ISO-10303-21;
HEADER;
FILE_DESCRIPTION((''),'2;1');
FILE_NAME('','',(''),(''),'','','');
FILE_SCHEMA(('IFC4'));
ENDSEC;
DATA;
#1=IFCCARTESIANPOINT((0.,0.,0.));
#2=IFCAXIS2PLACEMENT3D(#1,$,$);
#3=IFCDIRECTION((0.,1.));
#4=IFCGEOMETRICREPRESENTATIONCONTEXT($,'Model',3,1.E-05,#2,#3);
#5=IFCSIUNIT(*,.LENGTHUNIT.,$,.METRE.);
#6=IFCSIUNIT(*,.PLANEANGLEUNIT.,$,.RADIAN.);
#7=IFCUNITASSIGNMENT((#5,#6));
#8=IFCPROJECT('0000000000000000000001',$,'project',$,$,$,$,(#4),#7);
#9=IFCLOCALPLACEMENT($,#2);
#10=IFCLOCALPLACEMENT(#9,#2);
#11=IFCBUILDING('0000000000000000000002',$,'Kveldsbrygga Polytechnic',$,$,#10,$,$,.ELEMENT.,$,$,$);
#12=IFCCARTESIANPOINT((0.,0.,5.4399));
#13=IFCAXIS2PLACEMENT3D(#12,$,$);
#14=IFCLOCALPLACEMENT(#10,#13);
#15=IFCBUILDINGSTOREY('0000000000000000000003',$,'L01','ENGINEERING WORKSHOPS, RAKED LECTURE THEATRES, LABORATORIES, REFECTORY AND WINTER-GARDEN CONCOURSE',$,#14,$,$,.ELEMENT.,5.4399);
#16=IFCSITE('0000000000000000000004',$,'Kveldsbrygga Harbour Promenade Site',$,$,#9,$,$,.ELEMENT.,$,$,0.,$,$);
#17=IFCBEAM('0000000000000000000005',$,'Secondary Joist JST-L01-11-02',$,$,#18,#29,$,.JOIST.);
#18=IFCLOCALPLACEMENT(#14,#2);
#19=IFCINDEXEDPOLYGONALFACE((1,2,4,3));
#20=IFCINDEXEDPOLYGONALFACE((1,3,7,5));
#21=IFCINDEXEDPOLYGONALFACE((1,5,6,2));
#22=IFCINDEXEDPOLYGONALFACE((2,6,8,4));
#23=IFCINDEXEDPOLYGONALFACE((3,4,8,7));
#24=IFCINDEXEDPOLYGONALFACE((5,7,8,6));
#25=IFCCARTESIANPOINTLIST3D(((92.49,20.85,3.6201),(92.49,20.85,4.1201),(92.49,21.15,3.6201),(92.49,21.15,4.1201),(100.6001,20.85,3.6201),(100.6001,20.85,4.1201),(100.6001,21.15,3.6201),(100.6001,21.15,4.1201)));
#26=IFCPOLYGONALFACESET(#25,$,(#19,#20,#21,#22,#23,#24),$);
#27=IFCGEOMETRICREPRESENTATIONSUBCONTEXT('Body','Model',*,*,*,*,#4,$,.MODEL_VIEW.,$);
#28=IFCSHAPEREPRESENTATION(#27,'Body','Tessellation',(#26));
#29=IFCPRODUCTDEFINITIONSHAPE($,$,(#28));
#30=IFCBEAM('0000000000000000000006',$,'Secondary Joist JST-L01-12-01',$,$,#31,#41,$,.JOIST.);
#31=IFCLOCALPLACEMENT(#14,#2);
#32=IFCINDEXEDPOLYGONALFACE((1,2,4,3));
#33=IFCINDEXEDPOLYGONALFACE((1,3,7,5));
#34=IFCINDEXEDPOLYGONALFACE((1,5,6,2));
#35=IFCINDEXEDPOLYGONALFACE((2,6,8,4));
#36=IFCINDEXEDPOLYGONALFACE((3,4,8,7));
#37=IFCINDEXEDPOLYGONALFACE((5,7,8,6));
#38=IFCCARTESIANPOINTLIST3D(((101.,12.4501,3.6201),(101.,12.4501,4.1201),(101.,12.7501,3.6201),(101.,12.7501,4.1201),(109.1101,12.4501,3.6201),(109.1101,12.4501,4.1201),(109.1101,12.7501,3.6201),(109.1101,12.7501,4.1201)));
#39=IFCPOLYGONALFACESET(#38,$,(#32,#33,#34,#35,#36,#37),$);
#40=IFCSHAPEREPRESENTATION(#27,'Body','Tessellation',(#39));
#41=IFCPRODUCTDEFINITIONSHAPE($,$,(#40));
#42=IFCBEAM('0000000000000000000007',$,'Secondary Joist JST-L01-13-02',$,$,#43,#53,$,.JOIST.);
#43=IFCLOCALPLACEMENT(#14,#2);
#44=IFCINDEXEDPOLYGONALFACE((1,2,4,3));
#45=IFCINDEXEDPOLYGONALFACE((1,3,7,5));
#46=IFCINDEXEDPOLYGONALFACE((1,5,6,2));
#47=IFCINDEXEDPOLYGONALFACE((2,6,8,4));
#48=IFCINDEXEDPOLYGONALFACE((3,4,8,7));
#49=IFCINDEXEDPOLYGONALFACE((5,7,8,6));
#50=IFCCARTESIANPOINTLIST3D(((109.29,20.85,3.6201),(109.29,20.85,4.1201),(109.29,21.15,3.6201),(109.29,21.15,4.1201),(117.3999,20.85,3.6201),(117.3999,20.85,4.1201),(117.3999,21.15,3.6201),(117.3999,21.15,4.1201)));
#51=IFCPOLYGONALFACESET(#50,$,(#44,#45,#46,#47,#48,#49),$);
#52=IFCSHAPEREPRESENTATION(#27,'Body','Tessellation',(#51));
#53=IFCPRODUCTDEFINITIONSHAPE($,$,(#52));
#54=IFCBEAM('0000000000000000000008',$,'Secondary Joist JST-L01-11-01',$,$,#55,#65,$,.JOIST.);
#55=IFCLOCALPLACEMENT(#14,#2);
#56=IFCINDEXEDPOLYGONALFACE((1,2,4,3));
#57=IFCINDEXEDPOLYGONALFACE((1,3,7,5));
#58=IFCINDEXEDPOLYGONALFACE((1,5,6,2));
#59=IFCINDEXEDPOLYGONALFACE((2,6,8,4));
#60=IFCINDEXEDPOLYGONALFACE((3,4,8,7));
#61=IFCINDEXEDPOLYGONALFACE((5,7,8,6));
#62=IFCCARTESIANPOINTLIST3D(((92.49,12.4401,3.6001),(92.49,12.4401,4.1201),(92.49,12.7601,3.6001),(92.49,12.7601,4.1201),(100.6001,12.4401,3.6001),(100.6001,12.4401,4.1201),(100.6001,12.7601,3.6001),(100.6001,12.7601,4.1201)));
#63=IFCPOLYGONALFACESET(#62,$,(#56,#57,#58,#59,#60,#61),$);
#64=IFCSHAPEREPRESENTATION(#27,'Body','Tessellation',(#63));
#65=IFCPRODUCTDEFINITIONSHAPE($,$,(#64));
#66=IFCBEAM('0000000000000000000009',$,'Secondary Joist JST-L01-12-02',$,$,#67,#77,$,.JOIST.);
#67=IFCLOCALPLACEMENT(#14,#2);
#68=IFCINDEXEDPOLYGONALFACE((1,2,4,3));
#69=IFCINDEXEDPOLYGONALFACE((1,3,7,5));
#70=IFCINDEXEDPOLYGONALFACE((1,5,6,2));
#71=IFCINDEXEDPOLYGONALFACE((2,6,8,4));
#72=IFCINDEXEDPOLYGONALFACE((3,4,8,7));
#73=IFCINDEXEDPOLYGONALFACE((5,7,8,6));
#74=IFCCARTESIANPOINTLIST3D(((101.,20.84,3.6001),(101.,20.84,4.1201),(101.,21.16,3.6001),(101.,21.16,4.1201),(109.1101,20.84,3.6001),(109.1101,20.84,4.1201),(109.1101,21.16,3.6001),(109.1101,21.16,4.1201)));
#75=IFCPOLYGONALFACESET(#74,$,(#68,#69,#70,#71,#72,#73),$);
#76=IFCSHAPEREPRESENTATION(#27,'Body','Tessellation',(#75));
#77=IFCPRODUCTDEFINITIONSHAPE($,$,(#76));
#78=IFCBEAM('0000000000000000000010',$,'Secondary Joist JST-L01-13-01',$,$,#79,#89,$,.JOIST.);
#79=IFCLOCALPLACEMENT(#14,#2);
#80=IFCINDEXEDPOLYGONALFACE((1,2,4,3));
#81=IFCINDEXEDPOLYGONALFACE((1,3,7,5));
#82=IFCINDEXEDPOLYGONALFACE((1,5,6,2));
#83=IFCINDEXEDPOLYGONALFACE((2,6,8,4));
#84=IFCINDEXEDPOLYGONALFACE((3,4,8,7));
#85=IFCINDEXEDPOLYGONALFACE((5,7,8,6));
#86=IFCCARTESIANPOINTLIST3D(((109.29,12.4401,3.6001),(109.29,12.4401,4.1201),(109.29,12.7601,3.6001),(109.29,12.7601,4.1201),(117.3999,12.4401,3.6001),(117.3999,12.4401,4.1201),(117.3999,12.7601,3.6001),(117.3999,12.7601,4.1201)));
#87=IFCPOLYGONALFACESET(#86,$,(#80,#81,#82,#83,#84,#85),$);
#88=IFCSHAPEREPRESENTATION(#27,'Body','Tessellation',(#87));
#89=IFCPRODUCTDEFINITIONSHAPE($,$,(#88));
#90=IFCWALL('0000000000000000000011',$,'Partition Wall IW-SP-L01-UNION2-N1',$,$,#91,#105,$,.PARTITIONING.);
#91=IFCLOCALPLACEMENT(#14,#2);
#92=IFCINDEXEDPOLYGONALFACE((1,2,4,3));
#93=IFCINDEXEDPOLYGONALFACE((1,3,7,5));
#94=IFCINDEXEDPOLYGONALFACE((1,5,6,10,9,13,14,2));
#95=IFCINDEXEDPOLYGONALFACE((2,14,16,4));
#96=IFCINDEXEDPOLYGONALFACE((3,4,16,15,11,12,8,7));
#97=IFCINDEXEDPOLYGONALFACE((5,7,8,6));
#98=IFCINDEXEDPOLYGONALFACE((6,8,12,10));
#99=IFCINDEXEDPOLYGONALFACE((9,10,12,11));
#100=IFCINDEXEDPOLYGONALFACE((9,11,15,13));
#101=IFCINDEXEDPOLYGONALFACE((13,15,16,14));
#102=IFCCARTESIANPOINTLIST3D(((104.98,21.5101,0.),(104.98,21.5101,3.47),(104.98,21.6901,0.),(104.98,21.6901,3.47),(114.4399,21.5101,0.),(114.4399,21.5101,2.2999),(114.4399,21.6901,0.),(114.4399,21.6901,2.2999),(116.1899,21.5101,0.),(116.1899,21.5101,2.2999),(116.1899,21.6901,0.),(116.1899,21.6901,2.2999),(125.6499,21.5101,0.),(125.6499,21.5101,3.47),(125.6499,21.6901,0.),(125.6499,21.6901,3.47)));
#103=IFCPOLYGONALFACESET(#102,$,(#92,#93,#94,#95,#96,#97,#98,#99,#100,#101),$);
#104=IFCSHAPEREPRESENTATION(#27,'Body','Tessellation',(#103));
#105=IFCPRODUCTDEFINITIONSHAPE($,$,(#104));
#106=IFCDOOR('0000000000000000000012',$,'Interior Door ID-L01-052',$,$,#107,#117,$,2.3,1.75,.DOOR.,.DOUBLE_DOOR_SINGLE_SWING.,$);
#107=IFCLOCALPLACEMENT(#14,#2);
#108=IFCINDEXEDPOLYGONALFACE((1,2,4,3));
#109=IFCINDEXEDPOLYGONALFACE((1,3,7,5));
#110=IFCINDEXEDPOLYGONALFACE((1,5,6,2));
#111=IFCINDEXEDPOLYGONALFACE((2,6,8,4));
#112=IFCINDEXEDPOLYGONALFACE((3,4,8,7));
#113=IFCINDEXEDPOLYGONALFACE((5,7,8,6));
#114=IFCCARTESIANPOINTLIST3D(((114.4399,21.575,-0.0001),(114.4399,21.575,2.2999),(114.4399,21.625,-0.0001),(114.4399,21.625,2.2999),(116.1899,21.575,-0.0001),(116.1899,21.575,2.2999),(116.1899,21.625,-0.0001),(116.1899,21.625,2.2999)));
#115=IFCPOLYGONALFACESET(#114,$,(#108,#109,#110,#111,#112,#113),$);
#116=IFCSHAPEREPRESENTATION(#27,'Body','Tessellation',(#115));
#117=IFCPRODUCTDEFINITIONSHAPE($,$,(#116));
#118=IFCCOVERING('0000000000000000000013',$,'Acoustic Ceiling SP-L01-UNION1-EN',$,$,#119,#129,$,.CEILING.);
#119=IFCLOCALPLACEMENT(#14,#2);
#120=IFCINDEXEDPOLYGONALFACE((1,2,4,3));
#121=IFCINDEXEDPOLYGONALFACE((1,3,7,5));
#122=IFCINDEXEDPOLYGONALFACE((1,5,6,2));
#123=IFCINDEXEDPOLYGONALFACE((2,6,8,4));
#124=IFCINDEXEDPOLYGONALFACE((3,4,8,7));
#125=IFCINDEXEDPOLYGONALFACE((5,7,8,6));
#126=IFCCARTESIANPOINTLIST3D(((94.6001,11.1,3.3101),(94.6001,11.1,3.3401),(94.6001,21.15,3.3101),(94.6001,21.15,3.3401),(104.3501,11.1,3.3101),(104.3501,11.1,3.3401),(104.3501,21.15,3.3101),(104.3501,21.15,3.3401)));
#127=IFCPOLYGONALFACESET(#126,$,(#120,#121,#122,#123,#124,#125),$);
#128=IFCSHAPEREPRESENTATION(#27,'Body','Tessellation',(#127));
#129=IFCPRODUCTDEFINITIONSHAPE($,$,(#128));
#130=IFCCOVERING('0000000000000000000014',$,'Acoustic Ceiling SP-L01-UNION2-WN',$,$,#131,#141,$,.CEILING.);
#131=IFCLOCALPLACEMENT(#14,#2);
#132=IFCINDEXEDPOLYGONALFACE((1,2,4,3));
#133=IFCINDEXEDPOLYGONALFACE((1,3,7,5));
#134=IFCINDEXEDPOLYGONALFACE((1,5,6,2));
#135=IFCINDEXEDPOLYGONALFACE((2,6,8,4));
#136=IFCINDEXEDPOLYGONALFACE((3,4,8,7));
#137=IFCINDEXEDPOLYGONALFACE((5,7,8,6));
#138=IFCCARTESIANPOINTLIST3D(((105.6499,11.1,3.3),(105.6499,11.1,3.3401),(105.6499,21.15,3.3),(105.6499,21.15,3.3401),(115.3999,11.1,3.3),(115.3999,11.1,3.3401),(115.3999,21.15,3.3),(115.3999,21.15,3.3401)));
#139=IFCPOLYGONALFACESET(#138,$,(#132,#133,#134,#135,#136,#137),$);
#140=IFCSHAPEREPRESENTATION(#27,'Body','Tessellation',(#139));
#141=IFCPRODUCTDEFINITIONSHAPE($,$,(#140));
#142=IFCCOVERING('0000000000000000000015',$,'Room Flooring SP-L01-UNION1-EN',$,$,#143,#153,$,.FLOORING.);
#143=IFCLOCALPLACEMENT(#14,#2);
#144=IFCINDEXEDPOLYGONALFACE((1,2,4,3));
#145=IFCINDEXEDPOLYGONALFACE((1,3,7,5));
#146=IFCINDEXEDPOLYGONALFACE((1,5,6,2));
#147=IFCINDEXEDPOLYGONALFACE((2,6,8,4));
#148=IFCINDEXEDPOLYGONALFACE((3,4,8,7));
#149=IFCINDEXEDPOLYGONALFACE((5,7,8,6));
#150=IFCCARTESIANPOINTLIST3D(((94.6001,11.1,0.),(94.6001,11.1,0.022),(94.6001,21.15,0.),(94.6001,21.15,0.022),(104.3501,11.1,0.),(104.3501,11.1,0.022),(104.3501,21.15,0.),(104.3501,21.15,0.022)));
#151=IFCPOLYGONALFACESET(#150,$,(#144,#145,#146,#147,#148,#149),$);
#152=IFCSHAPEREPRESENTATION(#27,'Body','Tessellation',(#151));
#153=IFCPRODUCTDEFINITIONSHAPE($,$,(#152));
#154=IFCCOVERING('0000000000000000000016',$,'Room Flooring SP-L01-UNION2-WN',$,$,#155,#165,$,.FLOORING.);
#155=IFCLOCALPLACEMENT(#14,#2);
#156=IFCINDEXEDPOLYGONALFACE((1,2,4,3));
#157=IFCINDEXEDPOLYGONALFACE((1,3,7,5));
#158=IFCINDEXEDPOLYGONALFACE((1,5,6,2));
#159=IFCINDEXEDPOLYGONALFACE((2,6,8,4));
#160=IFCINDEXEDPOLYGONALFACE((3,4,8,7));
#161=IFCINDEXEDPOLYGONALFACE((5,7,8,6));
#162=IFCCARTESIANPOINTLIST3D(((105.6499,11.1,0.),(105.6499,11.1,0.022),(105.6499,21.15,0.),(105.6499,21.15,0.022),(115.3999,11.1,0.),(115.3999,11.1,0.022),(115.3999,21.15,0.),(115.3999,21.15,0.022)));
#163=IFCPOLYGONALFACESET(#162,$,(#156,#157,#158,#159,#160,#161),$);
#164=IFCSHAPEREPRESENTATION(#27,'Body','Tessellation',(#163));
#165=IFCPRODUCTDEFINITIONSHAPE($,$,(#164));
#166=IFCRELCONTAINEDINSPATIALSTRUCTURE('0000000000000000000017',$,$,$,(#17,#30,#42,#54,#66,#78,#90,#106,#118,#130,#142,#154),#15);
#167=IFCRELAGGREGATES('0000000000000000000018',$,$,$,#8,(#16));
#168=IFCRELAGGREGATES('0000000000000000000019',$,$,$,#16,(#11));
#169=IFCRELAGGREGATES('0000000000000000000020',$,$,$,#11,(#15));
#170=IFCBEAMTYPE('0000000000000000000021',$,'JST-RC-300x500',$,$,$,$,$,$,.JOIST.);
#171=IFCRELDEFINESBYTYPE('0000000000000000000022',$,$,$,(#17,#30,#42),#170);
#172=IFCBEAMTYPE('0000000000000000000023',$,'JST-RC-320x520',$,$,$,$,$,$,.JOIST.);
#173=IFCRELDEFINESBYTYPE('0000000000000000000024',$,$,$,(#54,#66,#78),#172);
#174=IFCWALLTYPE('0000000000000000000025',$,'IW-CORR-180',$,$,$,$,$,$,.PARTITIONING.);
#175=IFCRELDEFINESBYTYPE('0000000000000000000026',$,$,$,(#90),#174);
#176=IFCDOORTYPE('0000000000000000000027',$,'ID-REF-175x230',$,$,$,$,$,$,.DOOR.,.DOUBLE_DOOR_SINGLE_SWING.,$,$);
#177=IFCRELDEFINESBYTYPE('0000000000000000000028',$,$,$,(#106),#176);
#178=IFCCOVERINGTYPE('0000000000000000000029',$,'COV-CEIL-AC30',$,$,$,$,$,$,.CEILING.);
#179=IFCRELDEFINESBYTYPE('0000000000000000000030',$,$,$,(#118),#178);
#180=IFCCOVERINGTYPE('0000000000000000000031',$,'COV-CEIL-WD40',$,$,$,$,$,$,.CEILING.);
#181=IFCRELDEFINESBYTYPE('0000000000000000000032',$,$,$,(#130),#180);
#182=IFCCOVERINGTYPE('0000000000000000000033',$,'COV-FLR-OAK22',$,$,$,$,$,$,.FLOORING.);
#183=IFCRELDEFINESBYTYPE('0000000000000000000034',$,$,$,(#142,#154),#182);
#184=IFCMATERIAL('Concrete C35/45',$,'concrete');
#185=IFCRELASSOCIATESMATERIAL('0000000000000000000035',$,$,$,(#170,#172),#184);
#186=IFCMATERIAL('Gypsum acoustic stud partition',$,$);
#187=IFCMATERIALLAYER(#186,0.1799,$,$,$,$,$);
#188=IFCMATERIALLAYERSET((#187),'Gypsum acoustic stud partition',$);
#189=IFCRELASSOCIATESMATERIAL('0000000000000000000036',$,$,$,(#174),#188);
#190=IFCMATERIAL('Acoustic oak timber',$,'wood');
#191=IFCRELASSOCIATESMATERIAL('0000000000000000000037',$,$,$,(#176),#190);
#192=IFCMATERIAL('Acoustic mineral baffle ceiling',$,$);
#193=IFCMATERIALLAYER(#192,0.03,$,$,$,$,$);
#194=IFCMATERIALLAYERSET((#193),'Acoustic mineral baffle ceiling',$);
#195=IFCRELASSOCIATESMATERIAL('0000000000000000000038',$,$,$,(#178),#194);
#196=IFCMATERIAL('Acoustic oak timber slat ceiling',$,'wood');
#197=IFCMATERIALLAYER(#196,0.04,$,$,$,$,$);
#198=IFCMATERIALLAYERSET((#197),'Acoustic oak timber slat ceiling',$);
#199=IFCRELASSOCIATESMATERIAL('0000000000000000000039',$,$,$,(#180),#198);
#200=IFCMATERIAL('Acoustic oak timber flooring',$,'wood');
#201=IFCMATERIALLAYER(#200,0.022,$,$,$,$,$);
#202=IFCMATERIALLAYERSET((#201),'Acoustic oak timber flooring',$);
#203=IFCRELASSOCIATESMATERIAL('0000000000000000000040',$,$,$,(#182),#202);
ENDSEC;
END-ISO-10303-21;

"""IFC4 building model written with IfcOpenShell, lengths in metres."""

from ifc_helpers import new_model, si_unit, direction, frame, frame_2d, origin, origin_2d, place, context, subcontext, project, spatial, rectangle, extrude, material, layer, layer_set, material_profile, profile_set, type_object, element, fill, save


model = new_model("IFC4")

# Units and contexts
model_context = context("Model", 3, precision=1e-05, world=origin(), true_north=direction((0.0, 1.0)))
body_context = subcontext(model_context, "Body", "Model", "MODEL_VIEW")
ifc_project = project(units=[si_unit("LENGTHUNIT", "METRE"), si_unit("PLANEANGLEUNIT", "RADIAN")], contexts=[model_context])

# Site, building, storey
site_placement = place(None, origin())
site = spatial("IfcSite", under=ifc_project, at=site_placement, Name="Kveldsbrygga Harbour Promenade Site", CompositionType="ELEMENT", RefElevation=0.0)
building_placement = place(site_placement, origin())
building = spatial("IfcBuilding", under=site, at=building_placement, Name="Kveldsbrygga Polytechnic", CompositionType="ELEMENT")
storey_placement = place(building_placement, frame((0.0, 0.0, 5.4399)))
storey = spatial("IfcBuildingStorey", under=building, at=storey_placement, Name="L01", Description="ENGINEERING WORKSHOPS, RAKED LECTURE THEATRES, LABORATORIES, REFECTORY AND WINTER-GARDEN CONCOURSE", CompositionType="ELEMENT", Elevation=5.4399)

# Beams
ifc_material_1 = material(Name="Concrete C35/45", Category="concrete")
ifc_material_profile_1 = material_profile(ifc_material_1, rectangle(XDim=0.3, YDim=0.5, at=origin_2d()), Name="RC 300x500")
ifc_profile_set_1 = profile_set([ifc_material_profile_1], Name="Concrete C35/45")
beam_type_1 = type_object("IfcBeamType", Name="JST-RC-300x500", PredefinedType="JOIST", material=ifc_profile_set_1)
for number, where, z_axis, x_axis, name in (
    (1, (92.49, 21.0, 3.8701), (1.0, 0.0, 0.0), (0.0, 1.0, 0.0), "Secondary Joist JST-L01-11-02"),
    (2, (101.0, 12.6001, 3.8701), (1.0, 0.0, 0.0), (0.0, 1.0, 0.0), "Secondary Joist JST-L01-12-01"),
):
    element("IfcBeam", number, at=place(storey_placement, frame(where, z_axis=z_axis, x_axis=x_axis)), inside=storey, type_object=beam_type_1, Name=name, PredefinedType="JOIST", context=body_context, shape_type="SweptSolid", body=[
        extrude(rectangle(XDim=0.3, YDim=0.5, at=origin_2d()), origin(), (0.0, 0.0, 1.0), 8.1101),
    ])
beam_1_placement = place(storey_placement, frame((109.29, 21.0, 3.8701), z_axis=(1.0, 0.0, 0.0), x_axis=(0.0, 1.0, 0.0)))
element("IfcBeam", 3, at=beam_1_placement, inside=storey, type_object=beam_type_1, Name="Secondary Joist JST-L01-13-02", PredefinedType="JOIST", context=body_context, shape_type="SweptSolid", body=[
    extrude(rectangle(XDim=0.3, YDim=0.5, at=origin_2d()), origin(), (0.0, 0.0, 1.0), 8.1099),
])
ifc_material_profile_2 = material_profile(ifc_material_1, rectangle(XDim=0.3201, YDim=0.52, at=origin_2d()), Name="RC 320x520")
ifc_profile_set_2 = profile_set([ifc_material_profile_2], Name="Concrete C35/45")
beam_type_2 = type_object("IfcBeamType", Name="JST-RC-320x520", PredefinedType="JOIST", material=ifc_profile_set_2)
for number, where, z_axis, x_axis, name in (
    (4, (92.49, 12.6001, 3.8601), (1.0, 0.0, 0.0), (0.0, 1.0, 0.0), "Secondary Joist JST-L01-11-01"),
    (5, (101.0, 21.0, 3.8601), (1.0, 0.0, 0.0), (0.0, 1.0, 0.0), "Secondary Joist JST-L01-12-02"),
):
    element("IfcBeam", number, at=place(storey_placement, frame(where, z_axis=z_axis, x_axis=x_axis)), inside=storey, type_object=beam_type_2, Name=name, PredefinedType="JOIST", context=body_context, shape_type="SweptSolid", body=[
        extrude(rectangle(XDim=0.3201, YDim=0.52, at=origin_2d()), origin(), (0.0, 0.0, 1.0), 8.1101),
    ])
beam_2_placement = place(storey_placement, frame((109.29, 12.6001, 3.8601), z_axis=(1.0, 0.0, 0.0), x_axis=(0.0, 1.0, 0.0)))
element("IfcBeam", 6, at=beam_2_placement, inside=storey, type_object=beam_type_2, Name="Secondary Joist JST-L01-13-01", PredefinedType="JOIST", context=body_context, shape_type="SweptSolid", body=[
    extrude(rectangle(XDim=0.3201, YDim=0.52, at=origin_2d()), origin(), (0.0, 0.0, 1.0), 8.1099),
])

# Wall, opening, door
ifc_material_2 = material(Name="Gypsum acoustic stud partition")
ifc_layer_1 = layer(ifc_material_2, 0.1799)
ifc_layer_set_1 = layer_set([ifc_layer_1], Name="Gypsum acoustic stud partition")
wall_type = type_object("IfcWallType", Name="IW-CORR-180", PredefinedType="PARTITIONING", material=ifc_layer_set_1)
wall_placement = place(storey_placement, frame((104.98, 21.6001, 0.0), z_axis=(0.0, 0.0, 1.0), x_axis=(1.0, 0.0, 0.0)))
wall = element("IfcWall", 7, at=wall_placement, inside=storey, type_object=wall_type, Name="Partition Wall IW-SP-L01-UNION2-N1", PredefinedType="PARTITIONING", context=body_context, shape_type="SweptSolid", body=[
    extrude(rectangle(XDim=20.6699, YDim=0.1799, at=frame_2d((10.335, 0.0))), origin(), (0.0, 0.0, 1.0), 3.47),
])
opening_placement = place(wall_placement, frame((9.46, 0.0, 0.0)))
opening = element("IfcOpeningElement", 8, at=opening_placement, cuts=wall, PredefinedType="OPENING", context=body_context, shape_type="SweptSolid", body=[
    extrude(rectangle(XDim=1.75, YDim=2.3, at=frame_2d((0.875, 1.1499))), frame((0.0, 0.1001, 0.0), z_axis=(0.0, -1.0, 0.0), x_axis=(1.0, 0.0, 0.0)), (0.0, 0.0, 1.0), 0.2),
])
ifc_material_3 = material(Name="Acoustic oak timber", Category="wood")
door_type = type_object("IfcDoorType", Name="ID-REF-175x230", OperationType="DOUBLE_DOOR_SINGLE_SWING", PredefinedType="DOOR", material=ifc_material_3)
door_placement = place(opening_placement, origin())
door = element("IfcDoor", 9, at=door_placement, inside=storey, type_object=door_type, Name="Interior Door ID-L01-052", OperationType="DOUBLE_DOOR_SINGLE_SWING", OverallHeight=2.3, OverallWidth=1.75, PredefinedType="DOOR", context=body_context, shape_type="SweptSolid", body=[
    extrude(rectangle(XDim=1.75, YDim=2.3, at=frame_2d((0.875, 1.1499))), frame((0.0, 0.0249, 0.0), z_axis=(0.0, -1.0, 0.0), x_axis=(1.0, 0.0, 0.0)), (0.0, 0.0, 1.0), 0.05),
])
fill(opening, door)

# Coverings
ifc_material_4 = material(Name="Acoustic mineral baffle ceiling")
ifc_layer_2 = layer(ifc_material_4, 0.03)
ifc_layer_set_2 = layer_set([ifc_layer_2], Name="Acoustic mineral baffle ceiling")
covering_type_1 = type_object("IfcCoveringType", Name="COV-CEIL-AC30", PredefinedType="CEILING", material=ifc_layer_set_2)
covering_1_placement = place(storey_placement, frame((99.4751, 16.125, 3.3101), z_axis=(0.0, 0.0, 1.0), x_axis=(1.0, 0.0, 0.0)))
element("IfcCovering", 10, at=covering_1_placement, inside=storey, type_object=covering_type_1, Name="Acoustic Ceiling SP-L01-UNION1-EN", PredefinedType="CEILING", context=body_context, shape_type="SweptSolid", body=[
    extrude(rectangle(XDim=9.75, YDim=10.05, at=origin_2d()), origin(), (0.0, 0.0, 1.0), 0.03),
])
ifc_material_5 = material(Name="Acoustic oak timber slat ceiling", Category="wood")
ifc_layer_3 = layer(ifc_material_5, 0.04)
ifc_layer_set_3 = layer_set([ifc_layer_3], Name="Acoustic oak timber slat ceiling")
covering_type_2 = type_object("IfcCoveringType", Name="COV-CEIL-WD40", PredefinedType="CEILING", material=ifc_layer_set_3)
covering_2_placement = place(storey_placement, frame((110.5249, 16.125, 3.3), z_axis=(0.0, 0.0, 1.0), x_axis=(1.0, 0.0, 0.0)))
element("IfcCovering", 11, at=covering_2_placement, inside=storey, type_object=covering_type_2, Name="Acoustic Ceiling SP-L01-UNION2-WN", PredefinedType="CEILING", context=body_context, shape_type="SweptSolid", body=[
    extrude(rectangle(XDim=9.75, YDim=10.05, at=origin_2d()), origin(), (0.0, 0.0, 1.0), 0.04),
])
ifc_material_6 = material(Name="Acoustic oak timber flooring", Category="wood")
ifc_layer_4 = layer(ifc_material_6, 0.022)
ifc_layer_set_4 = layer_set([ifc_layer_4], Name="Acoustic oak timber flooring")
covering_type_3 = type_object("IfcCoveringType", Name="COV-FLR-OAK22", PredefinedType="FLOORING", material=ifc_layer_set_4)
for number, where, z_axis, x_axis, name in (
    (12, (99.4751, 16.125, 0.0), (0.0, 0.0, 1.0), (1.0, 0.0, 0.0), "Room Flooring SP-L01-UNION1-EN"),
    (13, (110.5249, 16.125, 0.0), (0.0, 0.0, 1.0), (1.0, 0.0, 0.0), "Room Flooring SP-L01-UNION2-WN"),
):
    element("IfcCovering", number, at=place(storey_placement, frame(where, z_axis=z_axis, x_axis=x_axis)), inside=storey, type_object=covering_type_3, Name=name, PredefinedType="FLOORING", context=body_context, shape_type="SweptSolid", body=[
        extrude(rectangle(XDim=9.75, YDim=10.05, at=origin_2d()), origin(), (0.0, 0.0, 1.0), 0.022),
    ])

save(model, "model.ifc")
